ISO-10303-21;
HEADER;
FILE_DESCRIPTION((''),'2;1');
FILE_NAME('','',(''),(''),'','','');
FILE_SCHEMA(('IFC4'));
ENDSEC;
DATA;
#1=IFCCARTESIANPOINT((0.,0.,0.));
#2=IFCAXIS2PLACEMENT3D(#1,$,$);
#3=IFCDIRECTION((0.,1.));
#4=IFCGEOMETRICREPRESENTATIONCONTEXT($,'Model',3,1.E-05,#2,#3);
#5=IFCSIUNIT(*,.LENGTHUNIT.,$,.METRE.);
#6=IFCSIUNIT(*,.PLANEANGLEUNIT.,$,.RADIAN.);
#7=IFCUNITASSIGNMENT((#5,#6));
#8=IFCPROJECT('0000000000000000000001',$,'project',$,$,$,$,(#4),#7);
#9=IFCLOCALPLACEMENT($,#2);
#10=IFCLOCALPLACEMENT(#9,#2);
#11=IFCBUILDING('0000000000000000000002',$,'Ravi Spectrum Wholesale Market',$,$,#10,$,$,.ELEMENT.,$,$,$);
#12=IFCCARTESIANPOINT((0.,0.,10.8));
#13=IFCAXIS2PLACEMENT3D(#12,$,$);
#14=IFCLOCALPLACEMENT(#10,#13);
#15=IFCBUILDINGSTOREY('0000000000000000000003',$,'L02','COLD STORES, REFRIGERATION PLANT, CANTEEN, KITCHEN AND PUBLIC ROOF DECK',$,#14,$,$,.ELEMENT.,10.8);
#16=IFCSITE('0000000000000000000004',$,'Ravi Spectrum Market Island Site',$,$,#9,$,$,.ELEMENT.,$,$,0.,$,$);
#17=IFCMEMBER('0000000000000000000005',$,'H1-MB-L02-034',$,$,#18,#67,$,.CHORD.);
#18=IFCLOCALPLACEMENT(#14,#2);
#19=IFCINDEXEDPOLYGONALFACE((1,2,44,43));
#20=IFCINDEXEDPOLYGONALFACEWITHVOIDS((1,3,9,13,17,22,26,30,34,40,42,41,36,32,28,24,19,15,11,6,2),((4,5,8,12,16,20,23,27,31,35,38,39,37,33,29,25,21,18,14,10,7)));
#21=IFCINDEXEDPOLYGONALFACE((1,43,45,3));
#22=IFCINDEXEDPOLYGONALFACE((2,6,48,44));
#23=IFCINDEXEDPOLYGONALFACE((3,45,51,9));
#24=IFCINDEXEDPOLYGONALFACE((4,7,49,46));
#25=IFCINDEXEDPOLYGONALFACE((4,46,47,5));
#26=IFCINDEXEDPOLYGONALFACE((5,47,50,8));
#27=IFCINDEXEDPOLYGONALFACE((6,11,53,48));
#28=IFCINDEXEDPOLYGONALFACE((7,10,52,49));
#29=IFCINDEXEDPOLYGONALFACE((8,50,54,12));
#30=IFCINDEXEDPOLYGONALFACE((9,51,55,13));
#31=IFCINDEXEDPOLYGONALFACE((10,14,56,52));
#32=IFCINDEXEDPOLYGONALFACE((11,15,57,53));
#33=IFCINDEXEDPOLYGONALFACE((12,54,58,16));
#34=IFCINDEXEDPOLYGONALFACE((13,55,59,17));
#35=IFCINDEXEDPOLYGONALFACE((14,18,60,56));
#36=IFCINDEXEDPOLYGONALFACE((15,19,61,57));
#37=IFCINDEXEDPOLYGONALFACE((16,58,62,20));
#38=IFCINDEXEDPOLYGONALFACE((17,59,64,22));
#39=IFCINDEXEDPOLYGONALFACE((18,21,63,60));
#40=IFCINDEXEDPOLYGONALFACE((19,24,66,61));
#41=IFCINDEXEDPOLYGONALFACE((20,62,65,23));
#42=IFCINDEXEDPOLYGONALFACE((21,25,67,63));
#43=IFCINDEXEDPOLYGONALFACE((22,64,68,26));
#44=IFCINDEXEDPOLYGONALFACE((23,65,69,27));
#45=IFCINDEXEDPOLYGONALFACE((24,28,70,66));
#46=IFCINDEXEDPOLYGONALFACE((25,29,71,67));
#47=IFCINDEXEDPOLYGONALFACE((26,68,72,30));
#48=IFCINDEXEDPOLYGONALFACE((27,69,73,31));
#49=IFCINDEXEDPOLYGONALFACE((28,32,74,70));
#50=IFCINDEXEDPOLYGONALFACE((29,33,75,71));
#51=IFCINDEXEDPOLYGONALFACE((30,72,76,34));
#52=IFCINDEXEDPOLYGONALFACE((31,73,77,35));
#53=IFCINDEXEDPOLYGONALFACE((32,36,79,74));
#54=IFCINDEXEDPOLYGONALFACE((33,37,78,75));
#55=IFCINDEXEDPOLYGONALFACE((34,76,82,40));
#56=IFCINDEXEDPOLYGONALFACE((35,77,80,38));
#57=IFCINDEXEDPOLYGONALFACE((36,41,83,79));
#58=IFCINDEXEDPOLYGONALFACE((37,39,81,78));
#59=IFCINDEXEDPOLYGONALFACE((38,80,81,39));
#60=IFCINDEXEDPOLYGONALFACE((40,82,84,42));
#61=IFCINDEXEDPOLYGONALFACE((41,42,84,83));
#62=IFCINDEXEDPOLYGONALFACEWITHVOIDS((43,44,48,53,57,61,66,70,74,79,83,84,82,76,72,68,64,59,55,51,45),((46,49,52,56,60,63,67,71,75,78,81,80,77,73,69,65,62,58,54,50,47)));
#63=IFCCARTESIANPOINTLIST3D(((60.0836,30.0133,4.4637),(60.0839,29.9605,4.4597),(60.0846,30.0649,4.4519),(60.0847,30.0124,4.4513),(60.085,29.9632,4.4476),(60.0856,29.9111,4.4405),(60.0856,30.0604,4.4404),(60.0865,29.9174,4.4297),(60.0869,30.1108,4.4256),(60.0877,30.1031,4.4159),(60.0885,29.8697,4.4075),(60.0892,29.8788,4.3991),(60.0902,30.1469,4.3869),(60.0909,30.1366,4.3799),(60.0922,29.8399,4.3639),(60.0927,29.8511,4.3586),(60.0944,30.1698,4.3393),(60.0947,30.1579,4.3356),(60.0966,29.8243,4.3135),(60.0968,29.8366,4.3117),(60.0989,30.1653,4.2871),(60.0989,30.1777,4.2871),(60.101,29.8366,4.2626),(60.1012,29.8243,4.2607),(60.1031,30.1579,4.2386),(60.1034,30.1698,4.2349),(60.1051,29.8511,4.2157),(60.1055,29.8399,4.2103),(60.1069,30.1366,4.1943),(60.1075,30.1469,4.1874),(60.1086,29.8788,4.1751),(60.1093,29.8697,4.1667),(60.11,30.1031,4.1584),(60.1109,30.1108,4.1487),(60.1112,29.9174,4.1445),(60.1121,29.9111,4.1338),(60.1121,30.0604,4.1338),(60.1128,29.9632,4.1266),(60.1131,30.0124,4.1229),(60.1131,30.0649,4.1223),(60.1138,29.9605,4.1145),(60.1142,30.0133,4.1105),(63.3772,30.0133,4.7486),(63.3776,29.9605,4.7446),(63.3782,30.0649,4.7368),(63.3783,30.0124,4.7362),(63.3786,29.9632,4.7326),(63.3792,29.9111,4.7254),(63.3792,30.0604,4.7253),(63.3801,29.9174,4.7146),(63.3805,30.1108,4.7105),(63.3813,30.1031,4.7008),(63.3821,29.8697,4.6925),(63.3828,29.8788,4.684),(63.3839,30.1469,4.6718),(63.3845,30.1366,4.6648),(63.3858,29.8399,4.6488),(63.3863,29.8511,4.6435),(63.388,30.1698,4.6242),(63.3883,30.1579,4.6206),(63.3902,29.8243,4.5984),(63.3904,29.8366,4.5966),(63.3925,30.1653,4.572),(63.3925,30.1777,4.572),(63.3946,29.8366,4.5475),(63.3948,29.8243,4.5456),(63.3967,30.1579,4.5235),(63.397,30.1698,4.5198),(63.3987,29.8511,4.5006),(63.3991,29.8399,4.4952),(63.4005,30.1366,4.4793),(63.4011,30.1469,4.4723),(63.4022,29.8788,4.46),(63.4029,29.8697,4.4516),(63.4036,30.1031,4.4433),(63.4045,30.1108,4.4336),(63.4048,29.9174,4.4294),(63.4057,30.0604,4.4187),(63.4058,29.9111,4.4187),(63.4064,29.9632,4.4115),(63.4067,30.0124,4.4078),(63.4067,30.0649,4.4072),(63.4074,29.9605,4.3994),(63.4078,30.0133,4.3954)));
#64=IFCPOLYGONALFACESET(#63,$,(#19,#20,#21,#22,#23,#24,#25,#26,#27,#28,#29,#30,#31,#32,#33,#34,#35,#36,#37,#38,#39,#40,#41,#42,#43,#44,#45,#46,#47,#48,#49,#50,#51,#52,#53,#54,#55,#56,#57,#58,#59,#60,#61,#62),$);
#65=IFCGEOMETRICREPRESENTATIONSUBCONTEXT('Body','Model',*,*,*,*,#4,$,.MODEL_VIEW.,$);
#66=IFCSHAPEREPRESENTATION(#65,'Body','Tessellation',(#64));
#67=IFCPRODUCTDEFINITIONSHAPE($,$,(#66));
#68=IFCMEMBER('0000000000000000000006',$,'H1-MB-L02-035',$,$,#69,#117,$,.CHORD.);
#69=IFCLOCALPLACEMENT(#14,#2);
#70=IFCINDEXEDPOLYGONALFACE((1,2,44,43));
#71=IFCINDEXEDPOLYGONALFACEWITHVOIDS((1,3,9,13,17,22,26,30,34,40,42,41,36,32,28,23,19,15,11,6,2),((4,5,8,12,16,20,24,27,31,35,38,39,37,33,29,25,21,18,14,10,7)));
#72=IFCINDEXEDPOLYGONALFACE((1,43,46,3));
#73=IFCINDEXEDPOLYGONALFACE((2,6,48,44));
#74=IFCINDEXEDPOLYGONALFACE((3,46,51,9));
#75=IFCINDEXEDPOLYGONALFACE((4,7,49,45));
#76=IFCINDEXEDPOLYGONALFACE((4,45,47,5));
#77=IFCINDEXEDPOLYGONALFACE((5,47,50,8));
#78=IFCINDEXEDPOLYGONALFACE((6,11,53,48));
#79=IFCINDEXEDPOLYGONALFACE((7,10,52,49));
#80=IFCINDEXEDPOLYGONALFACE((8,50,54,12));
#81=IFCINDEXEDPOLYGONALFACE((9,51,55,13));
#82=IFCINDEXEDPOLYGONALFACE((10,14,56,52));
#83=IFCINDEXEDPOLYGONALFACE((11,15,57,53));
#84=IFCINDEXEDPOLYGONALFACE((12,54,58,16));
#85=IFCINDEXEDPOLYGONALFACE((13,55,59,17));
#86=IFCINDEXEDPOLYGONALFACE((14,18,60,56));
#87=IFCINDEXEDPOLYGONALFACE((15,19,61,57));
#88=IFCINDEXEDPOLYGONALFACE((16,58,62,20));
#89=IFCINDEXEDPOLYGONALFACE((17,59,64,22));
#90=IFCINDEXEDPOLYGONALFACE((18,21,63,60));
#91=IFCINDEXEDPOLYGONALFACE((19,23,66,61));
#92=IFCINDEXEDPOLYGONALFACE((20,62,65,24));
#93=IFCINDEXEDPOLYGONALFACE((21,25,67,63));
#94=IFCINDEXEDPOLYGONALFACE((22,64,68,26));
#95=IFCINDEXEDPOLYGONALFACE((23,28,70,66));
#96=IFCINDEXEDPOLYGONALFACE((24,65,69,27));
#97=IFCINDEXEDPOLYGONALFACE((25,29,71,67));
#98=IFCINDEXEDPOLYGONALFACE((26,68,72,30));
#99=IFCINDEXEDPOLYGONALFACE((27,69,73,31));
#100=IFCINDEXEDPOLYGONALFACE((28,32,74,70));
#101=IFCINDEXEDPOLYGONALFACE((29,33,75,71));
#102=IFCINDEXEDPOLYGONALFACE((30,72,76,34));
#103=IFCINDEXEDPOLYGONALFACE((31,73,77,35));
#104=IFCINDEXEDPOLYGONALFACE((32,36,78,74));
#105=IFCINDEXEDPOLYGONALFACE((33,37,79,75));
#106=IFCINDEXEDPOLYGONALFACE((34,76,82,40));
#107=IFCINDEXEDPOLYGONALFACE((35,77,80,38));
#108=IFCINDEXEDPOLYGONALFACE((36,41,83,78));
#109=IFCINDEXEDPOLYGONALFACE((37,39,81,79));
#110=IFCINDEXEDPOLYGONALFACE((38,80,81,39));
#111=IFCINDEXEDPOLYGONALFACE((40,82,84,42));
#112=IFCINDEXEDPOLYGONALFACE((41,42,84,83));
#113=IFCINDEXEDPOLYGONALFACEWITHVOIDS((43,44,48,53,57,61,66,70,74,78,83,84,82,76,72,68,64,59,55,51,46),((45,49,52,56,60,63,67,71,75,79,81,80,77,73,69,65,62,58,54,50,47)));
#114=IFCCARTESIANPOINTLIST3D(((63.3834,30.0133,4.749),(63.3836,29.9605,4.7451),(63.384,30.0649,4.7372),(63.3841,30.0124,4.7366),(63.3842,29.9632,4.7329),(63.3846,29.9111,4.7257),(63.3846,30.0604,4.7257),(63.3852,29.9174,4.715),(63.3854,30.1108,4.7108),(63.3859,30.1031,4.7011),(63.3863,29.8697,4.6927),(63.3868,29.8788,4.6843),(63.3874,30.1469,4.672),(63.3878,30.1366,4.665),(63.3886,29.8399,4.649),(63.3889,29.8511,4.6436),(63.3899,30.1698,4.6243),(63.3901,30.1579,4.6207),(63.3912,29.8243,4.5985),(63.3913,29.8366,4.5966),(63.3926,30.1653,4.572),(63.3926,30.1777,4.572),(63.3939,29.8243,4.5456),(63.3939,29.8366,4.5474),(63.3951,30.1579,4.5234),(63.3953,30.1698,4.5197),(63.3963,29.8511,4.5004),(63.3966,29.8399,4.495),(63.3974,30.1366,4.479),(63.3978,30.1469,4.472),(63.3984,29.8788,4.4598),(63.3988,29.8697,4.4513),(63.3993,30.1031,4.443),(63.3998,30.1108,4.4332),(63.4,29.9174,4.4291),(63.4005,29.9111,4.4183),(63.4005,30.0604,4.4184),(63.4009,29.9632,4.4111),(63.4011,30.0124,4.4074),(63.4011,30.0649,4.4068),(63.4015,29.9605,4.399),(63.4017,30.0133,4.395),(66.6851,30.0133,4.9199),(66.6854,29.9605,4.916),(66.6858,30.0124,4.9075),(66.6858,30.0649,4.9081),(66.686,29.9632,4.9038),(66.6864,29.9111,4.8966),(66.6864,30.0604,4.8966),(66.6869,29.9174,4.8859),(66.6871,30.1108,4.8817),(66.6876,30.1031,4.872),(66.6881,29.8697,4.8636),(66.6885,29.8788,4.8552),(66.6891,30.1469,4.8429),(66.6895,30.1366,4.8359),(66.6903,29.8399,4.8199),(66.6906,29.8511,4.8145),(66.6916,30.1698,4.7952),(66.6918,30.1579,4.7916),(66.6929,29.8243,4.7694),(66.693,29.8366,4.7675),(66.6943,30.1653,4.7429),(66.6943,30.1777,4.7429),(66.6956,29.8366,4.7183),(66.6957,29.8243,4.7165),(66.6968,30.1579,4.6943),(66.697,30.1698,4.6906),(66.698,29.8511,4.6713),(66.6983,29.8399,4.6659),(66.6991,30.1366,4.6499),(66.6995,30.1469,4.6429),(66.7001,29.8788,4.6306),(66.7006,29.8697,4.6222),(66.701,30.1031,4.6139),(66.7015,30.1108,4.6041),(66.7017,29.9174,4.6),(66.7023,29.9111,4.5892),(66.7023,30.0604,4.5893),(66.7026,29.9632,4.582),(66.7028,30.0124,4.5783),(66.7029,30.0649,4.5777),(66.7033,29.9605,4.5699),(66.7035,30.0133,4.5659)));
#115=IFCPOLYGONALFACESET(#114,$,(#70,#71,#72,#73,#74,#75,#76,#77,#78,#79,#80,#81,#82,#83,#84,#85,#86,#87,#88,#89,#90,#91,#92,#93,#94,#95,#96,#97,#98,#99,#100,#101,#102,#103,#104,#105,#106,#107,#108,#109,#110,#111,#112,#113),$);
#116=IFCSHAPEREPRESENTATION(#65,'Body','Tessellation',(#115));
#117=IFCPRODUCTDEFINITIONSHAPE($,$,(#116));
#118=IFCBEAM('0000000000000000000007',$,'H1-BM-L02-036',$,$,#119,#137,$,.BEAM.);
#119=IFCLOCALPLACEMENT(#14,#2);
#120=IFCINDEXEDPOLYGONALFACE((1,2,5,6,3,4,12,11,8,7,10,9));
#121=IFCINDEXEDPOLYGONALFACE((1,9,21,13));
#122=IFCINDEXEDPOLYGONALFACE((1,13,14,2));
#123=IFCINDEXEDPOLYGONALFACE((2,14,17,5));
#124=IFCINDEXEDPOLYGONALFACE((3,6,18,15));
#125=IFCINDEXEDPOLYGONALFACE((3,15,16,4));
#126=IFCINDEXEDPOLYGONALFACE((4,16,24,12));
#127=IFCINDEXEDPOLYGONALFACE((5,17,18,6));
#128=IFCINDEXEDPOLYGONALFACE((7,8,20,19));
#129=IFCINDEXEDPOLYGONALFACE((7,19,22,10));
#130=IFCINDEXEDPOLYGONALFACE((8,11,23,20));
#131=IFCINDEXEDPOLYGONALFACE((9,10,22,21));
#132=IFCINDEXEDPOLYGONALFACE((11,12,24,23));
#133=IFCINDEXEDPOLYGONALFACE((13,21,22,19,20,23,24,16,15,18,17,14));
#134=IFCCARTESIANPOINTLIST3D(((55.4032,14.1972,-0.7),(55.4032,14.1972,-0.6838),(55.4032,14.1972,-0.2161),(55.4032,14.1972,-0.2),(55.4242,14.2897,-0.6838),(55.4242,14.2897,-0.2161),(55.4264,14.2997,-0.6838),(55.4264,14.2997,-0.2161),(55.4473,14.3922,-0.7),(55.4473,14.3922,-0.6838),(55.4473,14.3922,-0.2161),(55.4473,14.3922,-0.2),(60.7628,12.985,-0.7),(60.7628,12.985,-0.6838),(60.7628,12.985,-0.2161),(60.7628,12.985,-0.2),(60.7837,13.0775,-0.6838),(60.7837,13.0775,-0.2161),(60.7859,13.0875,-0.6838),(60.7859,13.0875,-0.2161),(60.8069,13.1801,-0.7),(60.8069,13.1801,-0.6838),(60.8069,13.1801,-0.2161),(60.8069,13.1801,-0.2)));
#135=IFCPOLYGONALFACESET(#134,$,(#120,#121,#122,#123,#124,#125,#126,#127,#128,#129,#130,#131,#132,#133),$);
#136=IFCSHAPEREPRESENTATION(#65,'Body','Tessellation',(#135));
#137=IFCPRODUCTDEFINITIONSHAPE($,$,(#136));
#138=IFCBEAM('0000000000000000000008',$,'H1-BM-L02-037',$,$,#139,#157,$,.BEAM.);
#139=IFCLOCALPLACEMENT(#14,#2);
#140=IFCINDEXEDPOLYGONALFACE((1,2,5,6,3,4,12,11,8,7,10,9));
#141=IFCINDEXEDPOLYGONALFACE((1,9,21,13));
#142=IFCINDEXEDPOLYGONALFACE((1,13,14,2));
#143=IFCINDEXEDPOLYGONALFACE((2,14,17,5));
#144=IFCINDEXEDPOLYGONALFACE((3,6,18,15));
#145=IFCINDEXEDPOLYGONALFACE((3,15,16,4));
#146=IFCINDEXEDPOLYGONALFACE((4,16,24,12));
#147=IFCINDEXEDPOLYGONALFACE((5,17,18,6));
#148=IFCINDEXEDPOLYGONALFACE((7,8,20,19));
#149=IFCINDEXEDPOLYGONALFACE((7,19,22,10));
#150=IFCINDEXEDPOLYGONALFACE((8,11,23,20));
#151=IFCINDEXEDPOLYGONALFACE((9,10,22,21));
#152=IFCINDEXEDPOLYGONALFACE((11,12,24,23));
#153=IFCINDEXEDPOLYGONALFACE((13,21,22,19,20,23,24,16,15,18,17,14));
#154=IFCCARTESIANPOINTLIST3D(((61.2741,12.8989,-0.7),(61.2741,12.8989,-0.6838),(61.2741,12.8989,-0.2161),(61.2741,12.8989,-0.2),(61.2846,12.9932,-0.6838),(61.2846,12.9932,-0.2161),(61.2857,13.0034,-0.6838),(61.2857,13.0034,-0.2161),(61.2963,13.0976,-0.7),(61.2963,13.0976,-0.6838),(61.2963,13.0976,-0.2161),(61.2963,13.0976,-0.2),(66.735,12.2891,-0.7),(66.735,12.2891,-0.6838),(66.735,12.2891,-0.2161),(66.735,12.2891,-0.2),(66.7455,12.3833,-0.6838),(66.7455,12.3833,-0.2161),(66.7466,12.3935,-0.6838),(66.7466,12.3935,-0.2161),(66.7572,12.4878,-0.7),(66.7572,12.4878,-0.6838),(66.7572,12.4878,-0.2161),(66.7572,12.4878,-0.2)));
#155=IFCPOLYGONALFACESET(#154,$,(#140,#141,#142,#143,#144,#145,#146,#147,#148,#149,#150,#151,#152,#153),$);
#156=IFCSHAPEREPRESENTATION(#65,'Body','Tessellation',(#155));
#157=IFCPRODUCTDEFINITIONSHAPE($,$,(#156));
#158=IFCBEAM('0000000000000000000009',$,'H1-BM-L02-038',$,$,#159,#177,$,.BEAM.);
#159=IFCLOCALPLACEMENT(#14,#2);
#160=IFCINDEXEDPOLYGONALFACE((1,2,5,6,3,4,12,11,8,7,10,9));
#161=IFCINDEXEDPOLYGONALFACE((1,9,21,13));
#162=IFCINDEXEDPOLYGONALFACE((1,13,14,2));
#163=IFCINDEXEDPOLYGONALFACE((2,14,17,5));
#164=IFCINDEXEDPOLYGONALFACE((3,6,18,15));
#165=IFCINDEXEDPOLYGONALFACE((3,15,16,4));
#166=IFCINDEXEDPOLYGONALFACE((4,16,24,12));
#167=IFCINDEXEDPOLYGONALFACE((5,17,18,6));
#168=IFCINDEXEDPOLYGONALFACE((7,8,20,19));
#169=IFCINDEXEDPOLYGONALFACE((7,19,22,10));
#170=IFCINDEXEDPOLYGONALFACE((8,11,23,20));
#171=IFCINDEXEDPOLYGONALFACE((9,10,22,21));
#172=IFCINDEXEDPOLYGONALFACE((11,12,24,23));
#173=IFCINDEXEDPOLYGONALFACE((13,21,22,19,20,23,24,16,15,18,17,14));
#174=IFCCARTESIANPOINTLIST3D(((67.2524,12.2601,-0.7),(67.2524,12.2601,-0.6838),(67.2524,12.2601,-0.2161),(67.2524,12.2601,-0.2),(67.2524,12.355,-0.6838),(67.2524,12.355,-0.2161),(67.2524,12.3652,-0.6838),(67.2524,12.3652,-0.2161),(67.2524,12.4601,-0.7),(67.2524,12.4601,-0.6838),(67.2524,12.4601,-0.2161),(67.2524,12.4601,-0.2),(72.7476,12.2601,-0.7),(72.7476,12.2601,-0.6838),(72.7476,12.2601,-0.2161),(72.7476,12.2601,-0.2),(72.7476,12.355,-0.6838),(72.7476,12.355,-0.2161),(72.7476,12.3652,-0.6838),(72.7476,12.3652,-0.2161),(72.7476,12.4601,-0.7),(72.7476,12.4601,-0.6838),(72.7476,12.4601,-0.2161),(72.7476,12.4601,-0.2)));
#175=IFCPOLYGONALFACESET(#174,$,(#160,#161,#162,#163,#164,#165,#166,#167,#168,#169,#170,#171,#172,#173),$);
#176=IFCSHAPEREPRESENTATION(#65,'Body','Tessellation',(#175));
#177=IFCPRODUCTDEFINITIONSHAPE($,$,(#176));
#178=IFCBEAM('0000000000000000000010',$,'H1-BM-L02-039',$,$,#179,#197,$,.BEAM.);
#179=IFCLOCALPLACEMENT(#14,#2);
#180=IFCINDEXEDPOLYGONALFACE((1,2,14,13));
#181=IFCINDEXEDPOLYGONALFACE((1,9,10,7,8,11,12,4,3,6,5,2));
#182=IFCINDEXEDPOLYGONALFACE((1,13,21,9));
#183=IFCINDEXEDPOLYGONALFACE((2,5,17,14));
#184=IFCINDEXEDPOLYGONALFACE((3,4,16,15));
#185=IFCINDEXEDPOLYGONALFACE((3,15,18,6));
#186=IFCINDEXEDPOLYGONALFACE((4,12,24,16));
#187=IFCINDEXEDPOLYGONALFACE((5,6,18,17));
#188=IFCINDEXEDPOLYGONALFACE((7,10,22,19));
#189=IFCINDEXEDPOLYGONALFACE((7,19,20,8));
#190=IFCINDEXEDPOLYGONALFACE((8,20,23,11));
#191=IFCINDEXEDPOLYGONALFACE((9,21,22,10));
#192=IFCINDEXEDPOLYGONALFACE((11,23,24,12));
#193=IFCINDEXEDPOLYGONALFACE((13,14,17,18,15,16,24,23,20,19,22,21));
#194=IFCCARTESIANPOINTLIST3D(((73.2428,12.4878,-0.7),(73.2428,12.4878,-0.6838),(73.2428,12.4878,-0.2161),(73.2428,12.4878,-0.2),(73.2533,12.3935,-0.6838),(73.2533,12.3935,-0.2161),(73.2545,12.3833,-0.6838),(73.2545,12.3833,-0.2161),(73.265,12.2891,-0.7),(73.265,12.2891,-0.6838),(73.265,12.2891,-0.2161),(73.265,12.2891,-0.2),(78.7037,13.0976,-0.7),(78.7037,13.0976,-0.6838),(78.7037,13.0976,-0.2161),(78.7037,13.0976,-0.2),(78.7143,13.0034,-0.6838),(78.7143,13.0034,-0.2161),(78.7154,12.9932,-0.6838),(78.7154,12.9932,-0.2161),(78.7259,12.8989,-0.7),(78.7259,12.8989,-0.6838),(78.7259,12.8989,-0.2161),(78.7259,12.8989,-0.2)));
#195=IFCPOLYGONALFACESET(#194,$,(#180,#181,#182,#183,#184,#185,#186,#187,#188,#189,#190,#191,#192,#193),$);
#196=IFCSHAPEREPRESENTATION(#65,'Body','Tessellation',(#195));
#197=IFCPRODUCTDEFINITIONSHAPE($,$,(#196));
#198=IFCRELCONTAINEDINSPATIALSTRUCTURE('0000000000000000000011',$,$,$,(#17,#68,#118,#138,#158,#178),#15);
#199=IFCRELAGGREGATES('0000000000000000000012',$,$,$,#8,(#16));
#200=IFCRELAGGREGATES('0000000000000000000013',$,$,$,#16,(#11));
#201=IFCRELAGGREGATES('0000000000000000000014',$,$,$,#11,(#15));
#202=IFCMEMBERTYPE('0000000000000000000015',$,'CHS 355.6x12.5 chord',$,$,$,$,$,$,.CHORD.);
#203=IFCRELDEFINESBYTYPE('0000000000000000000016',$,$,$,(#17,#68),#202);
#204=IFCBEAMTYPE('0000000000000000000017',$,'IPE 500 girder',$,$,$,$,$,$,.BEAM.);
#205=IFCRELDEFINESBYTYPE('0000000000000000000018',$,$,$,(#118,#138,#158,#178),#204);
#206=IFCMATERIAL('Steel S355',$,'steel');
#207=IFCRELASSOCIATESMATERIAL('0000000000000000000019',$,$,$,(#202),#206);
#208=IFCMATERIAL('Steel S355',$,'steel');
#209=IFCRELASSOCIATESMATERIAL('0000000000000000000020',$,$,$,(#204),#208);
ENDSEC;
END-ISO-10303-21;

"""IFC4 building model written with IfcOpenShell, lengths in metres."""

from ifc_helpers import new_model, si_unit, direction, frame, origin, origin_2d, place, context, subcontext, project, spatial, hollow_circle, i_section, extrude, material, material_profile, profile_set, type_object, element, save


model = new_model("IFC4")

# Units and contexts
model_context = context("Model", 3, precision=1e-05, world=origin(), true_north=direction((0.0, 1.0)))
body_context = subcontext(model_context, "Body", "Model", "MODEL_VIEW")
ifc_project = project(units=[si_unit("LENGTHUNIT", "METRE"), si_unit("PLANEANGLEUNIT", "RADIAN")], contexts=[model_context])

# Site, building, storey
site_placement = place(None, origin())
site = spatial("IfcSite", under=ifc_project, at=site_placement, Name="Ravi Spectrum Market Island Site", CompositionType="ELEMENT", RefElevation=0.0)
building_placement = place(site_placement, origin())
building = spatial("IfcBuilding", under=site, at=building_placement, Name="Ravi Spectrum Wholesale Market", CompositionType="ELEMENT")
storey_placement = place(building_placement, frame((0.0, 0.0, 10.8)))
storey = spatial("IfcBuildingStorey", under=building, at=storey_placement, Name="L02", Description="COLD STORES, REFRIGERATION PLANT, CANTEEN, KITCHEN AND PUBLIC ROOF DECK", CompositionType="ELEMENT", Elevation=10.8)

# Members
ifc_material_1 = material(Name="Steel S355", Category="steel")
ifc_material_profile_1 = material_profile(ifc_material_1, hollow_circle(Radius=0.1777, WallThickness=0.0125, at=origin_2d()))
ifc_profile_set_1 = profile_set([ifc_material_profile_1], Name="Steel S355")
member_type_1 = type_object("IfcMemberType", Name="CHS 355.6x12.5 chord", PredefinedType="CHORD", material=ifc_profile_set_1)
member_1_placement = place(storey_placement, frame((60.0989, 30.0, 4.2871), z_axis=(0.99628, 0.0, 0.08618), x_axis=(0.0, 1.0, 0.0)))
element("IfcMember", 1, at=member_1_placement, inside=storey, type_object=member_type_1, Name="H1-MB-L02-034", PredefinedType="CHORD", context=body_context, shape_type="SweptSolid", body=[
    extrude(hollow_circle(Radius=0.1777, WallThickness=0.0125, at=origin_2d()), origin(), (0.0, 0.0, 1.0), 3.3059),
])
member_2_placement = place(storey_placement, frame((63.3926, 30.0, 4.572), z_axis=(0.998663, 0.0, 0.051691), x_axis=(0.0, 1.0, 0.0)))
element("IfcMember", 2, at=member_2_placement, inside=storey, type_object=member_type_1, Name="H1-MB-L02-035", PredefinedType="CHORD", context=body_context, shape_type="SweptSolid", body=[
    extrude(hollow_circle(Radius=0.1777, WallThickness=0.0125, at=origin_2d()), origin(), (0.0, 0.0, 1.0), 3.3062),
])

# Beams
ifc_material_2 = material(Name="Steel S355", Category="steel")
ifc_material_profile_2 = material_profile(ifc_material_2, i_section(OverallWidth=0.2, OverallDepth=0.5, WebThickness=0.0103, FlangeThickness=0.0161, at=origin_2d()))
ifc_profile_set_2 = profile_set([ifc_material_profile_2], Name="Steel S355")
beam_type = type_object("IfcBeamType", Name="IPE 500 girder", PredefinedType="BEAM", material=ifc_profile_set_2)
for number, where, z_axis, x_axis, name in (
    (3, (55.4253, 14.2947, -0.45), (0.975366, -0.220594, 0.0), (0.220594, 0.975366, 0.0), "H1-BM-L02-036"),
    (4, (61.2852, 12.9983, -0.45), (0.993822, -0.110987, 0.0), (0.110987, 0.993822, 0.0), "H1-BM-L02-037"),
):
    element("IfcBeam", number, at=place(storey_placement, frame(where, z_axis=z_axis, x_axis=x_axis)), inside=storey, type_object=beam_type, Name=name, PredefinedType="BEAM", context=body_context, shape_type="SweptSolid", body=[
        extrude(i_section(OverallWidth=0.2, OverallDepth=0.5, WebThickness=0.0103, FlangeThickness=0.0161, at=origin_2d()), origin(), (0.0, 0.0, 1.0), 5.4949),
    ])
beam_placement = place(storey_placement, frame((67.2524, 12.3601, -0.45), z_axis=(1.0, 0.0, 0.0), x_axis=(0.0, 1.0, 0.0)))
element("IfcBeam", 5, at=beam_placement, inside=storey, type_object=beam_type, Name="H1-BM-L02-038", PredefinedType="BEAM", context=body_context, shape_type="SweptSolid", body=[
    extrude(i_section(OverallWidth=0.2, OverallDepth=0.5, WebThickness=0.0103, FlangeThickness=0.0161, at=origin_2d()), origin(), (0.0, 0.0, 1.0), 5.4951),
])
for number, where, z_axis, x_axis, name in (
    (6, (73.2539, 12.3884, -0.45), (0.993822, 0.110987, 0.0), (-0.110987, 0.993822, 0.0), "H1-BM-L02-039"),
):
    element("IfcBeam", number, at=place(storey_placement, frame(where, z_axis=z_axis, x_axis=x_axis)), inside=storey, type_object=beam_type, Name=name, PredefinedType="BEAM", context=body_context, shape_type="SweptSolid", body=[
        extrude(i_section(OverallWidth=0.2, OverallDepth=0.5, WebThickness=0.0103, FlangeThickness=0.0161, at=origin_2d()), origin(), (0.0, 0.0, 1.0), 5.4949),
    ])

save(model, "model.ifc")
